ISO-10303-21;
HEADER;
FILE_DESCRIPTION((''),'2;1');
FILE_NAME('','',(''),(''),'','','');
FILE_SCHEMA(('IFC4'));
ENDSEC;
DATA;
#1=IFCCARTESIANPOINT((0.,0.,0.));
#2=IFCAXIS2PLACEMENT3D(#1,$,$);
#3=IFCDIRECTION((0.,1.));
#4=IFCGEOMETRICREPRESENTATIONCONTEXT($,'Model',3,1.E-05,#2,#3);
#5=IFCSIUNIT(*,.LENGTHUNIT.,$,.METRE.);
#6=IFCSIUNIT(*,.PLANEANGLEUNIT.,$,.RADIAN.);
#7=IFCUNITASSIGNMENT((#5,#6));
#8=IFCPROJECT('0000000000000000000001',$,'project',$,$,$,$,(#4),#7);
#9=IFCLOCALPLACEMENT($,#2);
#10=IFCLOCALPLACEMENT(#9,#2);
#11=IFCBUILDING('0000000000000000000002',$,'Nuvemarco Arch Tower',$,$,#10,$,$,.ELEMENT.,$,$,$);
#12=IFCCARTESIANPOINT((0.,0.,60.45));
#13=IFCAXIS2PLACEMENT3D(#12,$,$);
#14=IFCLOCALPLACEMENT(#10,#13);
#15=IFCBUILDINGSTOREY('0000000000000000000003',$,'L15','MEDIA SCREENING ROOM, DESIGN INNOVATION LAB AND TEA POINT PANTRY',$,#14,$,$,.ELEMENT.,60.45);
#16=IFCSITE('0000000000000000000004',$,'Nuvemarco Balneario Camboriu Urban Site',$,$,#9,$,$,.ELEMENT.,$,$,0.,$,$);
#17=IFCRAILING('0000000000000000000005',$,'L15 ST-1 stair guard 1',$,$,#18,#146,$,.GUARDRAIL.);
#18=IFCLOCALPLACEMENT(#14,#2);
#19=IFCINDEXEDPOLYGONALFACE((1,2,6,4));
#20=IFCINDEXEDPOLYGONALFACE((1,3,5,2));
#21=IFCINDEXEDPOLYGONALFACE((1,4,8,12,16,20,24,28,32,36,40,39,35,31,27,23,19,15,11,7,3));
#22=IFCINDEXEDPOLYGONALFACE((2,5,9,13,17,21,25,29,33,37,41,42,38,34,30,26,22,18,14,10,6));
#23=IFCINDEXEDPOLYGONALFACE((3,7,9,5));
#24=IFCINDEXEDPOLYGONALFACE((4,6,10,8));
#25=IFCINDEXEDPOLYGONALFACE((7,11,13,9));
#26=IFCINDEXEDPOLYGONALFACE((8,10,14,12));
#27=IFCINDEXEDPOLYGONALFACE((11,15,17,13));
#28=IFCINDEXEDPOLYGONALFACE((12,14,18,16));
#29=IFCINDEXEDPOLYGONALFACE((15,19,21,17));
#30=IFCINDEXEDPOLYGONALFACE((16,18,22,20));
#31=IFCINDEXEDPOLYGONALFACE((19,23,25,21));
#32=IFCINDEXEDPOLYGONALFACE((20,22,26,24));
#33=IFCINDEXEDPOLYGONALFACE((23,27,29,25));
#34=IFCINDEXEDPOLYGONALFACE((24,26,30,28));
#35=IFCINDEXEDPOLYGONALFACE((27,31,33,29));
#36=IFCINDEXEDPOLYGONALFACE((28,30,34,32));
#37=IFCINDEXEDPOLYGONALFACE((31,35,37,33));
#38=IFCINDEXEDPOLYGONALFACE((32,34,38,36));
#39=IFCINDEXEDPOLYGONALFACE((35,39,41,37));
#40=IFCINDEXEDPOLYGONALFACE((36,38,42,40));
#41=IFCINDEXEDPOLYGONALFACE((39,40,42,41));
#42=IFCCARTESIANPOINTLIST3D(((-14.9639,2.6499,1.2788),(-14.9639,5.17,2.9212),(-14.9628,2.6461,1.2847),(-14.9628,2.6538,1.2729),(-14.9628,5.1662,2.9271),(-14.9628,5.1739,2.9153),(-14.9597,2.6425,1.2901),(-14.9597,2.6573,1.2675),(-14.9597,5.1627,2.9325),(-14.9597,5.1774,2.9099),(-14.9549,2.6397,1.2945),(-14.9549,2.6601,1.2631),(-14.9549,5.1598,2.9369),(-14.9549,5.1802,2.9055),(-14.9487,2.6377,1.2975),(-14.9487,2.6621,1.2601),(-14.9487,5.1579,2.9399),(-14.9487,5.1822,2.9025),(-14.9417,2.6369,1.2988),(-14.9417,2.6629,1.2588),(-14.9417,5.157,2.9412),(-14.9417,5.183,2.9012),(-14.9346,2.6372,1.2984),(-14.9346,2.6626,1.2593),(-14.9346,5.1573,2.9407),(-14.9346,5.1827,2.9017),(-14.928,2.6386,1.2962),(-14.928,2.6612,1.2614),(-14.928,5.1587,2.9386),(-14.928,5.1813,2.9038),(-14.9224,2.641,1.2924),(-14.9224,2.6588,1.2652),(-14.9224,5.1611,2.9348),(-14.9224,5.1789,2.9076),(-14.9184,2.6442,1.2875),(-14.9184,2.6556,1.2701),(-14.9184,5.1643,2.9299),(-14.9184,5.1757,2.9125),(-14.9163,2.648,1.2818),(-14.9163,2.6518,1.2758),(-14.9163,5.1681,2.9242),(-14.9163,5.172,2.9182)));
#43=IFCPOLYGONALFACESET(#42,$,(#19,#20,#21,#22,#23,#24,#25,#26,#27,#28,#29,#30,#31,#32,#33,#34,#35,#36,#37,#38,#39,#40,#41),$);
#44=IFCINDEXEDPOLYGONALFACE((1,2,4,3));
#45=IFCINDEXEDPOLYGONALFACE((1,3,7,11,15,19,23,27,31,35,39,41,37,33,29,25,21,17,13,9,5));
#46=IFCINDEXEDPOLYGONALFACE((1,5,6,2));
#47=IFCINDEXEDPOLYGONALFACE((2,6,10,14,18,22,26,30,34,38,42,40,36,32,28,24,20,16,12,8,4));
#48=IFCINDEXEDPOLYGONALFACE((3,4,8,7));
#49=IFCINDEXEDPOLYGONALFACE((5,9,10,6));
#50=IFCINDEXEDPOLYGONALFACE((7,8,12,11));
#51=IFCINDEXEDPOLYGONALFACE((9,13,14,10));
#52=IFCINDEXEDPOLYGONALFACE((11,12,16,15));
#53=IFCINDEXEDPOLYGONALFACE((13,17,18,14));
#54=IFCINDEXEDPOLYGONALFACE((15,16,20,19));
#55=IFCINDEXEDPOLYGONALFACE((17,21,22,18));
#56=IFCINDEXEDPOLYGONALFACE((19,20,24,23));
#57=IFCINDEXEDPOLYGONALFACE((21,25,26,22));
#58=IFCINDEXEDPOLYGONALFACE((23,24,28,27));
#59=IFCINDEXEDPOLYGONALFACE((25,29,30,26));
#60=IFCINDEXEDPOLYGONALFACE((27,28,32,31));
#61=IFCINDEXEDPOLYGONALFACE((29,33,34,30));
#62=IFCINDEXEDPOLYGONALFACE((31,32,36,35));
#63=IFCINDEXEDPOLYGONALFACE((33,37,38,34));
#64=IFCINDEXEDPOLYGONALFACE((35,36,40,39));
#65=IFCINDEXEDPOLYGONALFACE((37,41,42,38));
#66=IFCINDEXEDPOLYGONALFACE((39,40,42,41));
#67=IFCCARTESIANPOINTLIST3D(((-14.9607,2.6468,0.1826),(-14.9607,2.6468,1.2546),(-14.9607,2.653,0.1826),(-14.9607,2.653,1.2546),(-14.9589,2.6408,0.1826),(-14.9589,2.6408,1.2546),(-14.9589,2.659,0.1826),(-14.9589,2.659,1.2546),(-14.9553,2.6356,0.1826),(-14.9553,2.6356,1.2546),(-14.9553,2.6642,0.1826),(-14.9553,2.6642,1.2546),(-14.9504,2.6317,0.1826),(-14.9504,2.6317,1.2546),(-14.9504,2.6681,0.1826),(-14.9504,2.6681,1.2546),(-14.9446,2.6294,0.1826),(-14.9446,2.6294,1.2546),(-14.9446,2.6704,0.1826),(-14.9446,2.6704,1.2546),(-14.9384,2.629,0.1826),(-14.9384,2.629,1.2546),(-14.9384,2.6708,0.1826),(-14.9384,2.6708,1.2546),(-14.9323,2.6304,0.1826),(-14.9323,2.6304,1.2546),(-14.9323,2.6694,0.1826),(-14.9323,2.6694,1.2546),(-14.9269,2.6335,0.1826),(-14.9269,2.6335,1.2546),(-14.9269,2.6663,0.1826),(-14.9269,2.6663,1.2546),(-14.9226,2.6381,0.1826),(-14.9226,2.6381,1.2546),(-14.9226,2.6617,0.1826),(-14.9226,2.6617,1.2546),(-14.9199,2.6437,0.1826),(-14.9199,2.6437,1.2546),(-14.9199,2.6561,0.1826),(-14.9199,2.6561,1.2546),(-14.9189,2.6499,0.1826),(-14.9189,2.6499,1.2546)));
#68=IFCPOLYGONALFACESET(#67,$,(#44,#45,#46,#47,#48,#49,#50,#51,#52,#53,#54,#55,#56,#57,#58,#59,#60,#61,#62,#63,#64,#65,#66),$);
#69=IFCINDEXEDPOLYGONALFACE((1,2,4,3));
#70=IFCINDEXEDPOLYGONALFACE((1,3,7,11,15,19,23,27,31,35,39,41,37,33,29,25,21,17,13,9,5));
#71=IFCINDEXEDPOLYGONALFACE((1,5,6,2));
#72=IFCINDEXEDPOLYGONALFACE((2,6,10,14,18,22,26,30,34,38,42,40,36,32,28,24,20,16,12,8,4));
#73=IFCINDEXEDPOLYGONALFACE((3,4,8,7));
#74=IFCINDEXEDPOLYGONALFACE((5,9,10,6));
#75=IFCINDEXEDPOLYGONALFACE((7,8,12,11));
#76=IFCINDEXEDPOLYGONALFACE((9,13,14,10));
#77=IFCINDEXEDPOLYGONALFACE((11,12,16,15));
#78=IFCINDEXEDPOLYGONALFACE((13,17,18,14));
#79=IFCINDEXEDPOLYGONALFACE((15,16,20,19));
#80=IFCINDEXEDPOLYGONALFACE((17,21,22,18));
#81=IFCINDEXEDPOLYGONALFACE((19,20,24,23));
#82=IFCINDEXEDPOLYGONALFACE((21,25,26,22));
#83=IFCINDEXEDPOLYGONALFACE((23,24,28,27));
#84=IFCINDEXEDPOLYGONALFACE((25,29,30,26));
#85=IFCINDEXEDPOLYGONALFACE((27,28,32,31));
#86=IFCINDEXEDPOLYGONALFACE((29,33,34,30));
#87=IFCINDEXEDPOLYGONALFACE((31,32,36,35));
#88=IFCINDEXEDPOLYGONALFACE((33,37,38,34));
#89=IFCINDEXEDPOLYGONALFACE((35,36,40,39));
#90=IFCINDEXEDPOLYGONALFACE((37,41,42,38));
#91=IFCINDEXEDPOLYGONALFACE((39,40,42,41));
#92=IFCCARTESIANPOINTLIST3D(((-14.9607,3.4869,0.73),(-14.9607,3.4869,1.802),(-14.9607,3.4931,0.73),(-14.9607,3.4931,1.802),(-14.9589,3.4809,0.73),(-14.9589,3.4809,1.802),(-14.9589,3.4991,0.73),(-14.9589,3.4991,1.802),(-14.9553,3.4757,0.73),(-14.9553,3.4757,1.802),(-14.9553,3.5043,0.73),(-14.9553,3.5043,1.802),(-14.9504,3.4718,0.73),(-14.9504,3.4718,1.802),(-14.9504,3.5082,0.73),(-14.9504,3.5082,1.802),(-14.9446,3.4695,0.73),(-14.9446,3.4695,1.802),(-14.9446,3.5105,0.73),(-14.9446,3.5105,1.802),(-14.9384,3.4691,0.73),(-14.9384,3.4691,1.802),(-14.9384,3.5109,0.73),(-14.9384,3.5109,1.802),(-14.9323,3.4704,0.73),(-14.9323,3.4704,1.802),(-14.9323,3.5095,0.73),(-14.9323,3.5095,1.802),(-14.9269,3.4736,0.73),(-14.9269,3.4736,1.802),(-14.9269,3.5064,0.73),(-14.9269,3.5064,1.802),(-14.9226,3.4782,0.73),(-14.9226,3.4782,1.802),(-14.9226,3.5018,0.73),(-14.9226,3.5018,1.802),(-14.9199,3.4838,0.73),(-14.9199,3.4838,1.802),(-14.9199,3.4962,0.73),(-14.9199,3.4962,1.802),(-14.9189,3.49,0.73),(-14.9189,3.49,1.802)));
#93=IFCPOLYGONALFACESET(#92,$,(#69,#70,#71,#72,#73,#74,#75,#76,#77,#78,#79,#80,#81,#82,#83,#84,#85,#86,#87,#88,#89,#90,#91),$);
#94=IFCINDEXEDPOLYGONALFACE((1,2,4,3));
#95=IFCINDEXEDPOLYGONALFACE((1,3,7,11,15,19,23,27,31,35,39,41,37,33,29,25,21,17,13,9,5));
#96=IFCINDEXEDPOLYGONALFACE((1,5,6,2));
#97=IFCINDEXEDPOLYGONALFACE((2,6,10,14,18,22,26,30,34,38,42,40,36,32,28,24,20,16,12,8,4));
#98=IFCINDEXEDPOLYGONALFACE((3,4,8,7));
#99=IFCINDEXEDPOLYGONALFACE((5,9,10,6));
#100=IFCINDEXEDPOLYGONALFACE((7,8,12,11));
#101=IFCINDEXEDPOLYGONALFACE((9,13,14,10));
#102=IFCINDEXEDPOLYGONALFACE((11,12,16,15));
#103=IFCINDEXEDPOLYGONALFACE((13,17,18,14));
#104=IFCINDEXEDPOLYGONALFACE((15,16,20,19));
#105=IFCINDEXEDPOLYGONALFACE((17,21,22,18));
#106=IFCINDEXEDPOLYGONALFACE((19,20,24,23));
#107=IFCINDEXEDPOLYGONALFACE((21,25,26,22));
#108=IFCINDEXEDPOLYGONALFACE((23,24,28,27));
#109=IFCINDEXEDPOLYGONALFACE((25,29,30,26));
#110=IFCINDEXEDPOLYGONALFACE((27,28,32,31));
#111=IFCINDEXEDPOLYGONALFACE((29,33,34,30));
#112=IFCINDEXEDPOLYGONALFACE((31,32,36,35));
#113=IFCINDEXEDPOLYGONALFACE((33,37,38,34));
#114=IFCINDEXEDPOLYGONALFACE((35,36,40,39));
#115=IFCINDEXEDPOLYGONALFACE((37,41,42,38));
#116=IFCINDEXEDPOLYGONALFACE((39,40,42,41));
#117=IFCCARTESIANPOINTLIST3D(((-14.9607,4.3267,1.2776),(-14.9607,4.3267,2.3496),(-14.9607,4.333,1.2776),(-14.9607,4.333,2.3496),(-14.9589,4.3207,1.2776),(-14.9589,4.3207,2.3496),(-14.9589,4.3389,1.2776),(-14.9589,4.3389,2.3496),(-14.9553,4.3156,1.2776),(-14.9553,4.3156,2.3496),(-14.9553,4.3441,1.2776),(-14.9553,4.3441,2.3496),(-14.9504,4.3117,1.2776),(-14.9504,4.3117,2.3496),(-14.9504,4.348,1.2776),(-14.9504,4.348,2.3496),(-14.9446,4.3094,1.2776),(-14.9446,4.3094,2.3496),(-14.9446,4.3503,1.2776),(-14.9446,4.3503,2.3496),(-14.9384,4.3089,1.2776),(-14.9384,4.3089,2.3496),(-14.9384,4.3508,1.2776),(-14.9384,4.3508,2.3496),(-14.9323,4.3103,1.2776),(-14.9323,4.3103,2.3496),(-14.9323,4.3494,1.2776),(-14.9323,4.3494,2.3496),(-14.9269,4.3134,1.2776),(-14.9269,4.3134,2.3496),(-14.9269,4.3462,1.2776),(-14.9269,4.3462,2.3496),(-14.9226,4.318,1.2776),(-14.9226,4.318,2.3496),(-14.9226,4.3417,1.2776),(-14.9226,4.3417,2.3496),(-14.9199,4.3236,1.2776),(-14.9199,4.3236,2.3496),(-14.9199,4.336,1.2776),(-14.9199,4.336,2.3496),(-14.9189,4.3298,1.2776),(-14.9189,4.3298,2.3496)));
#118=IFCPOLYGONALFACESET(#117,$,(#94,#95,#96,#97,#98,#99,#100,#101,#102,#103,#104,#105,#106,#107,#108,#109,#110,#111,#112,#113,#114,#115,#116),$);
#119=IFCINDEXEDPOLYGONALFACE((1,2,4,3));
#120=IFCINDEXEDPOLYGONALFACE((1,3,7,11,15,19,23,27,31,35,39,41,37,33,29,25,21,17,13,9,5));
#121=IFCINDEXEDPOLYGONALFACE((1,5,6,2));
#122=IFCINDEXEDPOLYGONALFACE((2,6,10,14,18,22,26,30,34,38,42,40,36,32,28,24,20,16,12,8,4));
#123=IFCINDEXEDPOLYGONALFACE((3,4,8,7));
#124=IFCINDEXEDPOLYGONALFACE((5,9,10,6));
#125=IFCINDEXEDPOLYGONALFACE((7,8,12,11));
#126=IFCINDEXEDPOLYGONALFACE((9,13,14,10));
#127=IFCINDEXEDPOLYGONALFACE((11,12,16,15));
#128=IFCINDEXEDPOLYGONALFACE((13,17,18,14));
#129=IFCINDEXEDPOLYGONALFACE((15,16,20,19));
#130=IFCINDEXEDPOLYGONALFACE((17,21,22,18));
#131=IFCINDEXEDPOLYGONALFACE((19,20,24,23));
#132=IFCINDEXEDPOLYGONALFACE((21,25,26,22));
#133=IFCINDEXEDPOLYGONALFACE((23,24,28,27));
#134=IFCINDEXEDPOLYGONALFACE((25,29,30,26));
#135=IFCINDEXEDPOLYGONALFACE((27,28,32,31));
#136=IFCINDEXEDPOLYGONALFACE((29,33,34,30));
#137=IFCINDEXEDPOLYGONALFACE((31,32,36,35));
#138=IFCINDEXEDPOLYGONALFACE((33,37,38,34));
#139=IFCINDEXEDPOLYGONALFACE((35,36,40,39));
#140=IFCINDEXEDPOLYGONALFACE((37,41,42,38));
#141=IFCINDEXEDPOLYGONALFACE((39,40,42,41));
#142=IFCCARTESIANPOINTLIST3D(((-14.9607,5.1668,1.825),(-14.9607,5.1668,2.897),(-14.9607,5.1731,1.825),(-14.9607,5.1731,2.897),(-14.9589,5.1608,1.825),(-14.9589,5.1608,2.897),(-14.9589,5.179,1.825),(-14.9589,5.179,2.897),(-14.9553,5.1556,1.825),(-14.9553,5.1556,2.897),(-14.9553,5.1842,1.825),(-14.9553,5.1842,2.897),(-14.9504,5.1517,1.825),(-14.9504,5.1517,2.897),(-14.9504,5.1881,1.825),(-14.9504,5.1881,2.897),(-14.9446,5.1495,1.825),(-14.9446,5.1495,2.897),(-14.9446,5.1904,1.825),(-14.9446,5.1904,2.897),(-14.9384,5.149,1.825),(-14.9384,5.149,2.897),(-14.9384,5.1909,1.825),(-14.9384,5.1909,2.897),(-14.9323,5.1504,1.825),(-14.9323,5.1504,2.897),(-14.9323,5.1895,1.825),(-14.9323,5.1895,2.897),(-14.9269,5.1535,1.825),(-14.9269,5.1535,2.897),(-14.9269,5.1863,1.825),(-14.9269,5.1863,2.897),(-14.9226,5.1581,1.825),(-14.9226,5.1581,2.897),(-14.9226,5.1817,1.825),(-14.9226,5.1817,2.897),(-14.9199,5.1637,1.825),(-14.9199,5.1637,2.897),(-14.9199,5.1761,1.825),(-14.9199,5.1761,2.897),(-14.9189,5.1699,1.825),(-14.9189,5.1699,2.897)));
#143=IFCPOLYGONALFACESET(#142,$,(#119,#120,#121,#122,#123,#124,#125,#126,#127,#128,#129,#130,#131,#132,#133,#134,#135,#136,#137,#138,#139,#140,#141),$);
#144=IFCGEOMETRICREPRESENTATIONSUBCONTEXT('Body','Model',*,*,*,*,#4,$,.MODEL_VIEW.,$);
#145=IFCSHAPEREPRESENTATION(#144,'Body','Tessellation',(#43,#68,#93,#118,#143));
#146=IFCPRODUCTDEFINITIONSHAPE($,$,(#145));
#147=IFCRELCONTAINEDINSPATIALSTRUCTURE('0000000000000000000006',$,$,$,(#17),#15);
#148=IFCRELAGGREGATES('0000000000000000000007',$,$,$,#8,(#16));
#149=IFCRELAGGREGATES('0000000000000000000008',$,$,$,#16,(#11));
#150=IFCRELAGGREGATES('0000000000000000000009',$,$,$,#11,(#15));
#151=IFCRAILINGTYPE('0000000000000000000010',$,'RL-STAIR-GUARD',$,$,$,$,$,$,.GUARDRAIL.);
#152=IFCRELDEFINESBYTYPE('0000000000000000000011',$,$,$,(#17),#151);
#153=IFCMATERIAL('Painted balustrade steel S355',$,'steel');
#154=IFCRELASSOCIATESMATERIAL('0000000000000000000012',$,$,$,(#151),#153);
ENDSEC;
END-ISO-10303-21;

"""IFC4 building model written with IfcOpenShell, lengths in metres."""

from ifc_helpers import new_model, si_unit, direction, frame, origin, origin_2d, place, context, subcontext, project, spatial, circle, extrude, material, type_object, element, save


model = new_model("IFC4")

# Units and contexts
model_context = context("Model", 3, precision=1e-05, world=origin(), true_north=direction((0.0, 1.0)))
body_context = subcontext(model_context, "Body", "Model", "MODEL_VIEW")
ifc_project = project(units=[si_unit("LENGTHUNIT", "METRE"), si_unit("PLANEANGLEUNIT", "RADIAN")], contexts=[model_context])

# Site, building, storey
site_placement = place(None, origin())
site = spatial("IfcSite", under=ifc_project, at=site_placement, Name="Nuvemarco Balneario Camboriu Urban Site", CompositionType="ELEMENT", RefElevation=0.0)
building_placement = place(site_placement, origin())
building = spatial("IfcBuilding", under=site, at=building_placement, Name="Nuvemarco Arch Tower", CompositionType="ELEMENT")
storey_placement = place(building_placement, frame((0.0, 0.0, 60.45)))
storey = spatial("IfcBuildingStorey", under=building, at=storey_placement, Name="L15", Description="MEDIA SCREENING ROOM, DESIGN INNOVATION LAB AND TEA POINT PANTRY", CompositionType="ELEMENT", Elevation=60.45)

# Railing
ifc_material_1 = material(Name="Painted balustrade steel S355", Category="steel")
railing_type_1 = type_object("IfcRailingType", Name="RL-STAIR-GUARD", PredefinedType="GUARDRAIL", material=ifc_material_1)
railing_1_placement = place(storey_placement, frame((-14.9399, 2.6499, 0.1826)))
element("IfcRailing", 1, at=railing_1_placement, inside=storey, type_object=railing_type_1, Name="L15 ST-1 stair guard 1", PredefinedType="GUARDRAIL", context=body_context, shape_type="SweptSolid", body=[
    extrude(circle(Radius=0.0239, at=origin_2d()), frame((0.0, 0.0, 1.0962), z_axis=(0.0, 0.837787, 0.545998), x_axis=(-1.0, 0.0, 0.0)), (0.0, 0.0, 1.0), 3.0081),
    extrude(circle(Radius=0.021, at=origin_2d()), origin(), (0.0, 0.0, 1.0), 1.072),
    extrude(circle(Radius=0.021, at=origin_2d()), frame((0.0, 0.8401, 0.5474)), (0.0, 0.0, 1.0), 1.072),
    extrude(circle(Radius=0.021, at=origin_2d()), frame((0.0, 1.6799, 1.095)), (0.0, 0.0, 1.0), 1.072),
    extrude(circle(Radius=0.021, at=origin_2d()), frame((0.0, 2.52, 1.6423)), (0.0, 0.0, 1.0), 1.072),
])

save(model, "model.ifc")
